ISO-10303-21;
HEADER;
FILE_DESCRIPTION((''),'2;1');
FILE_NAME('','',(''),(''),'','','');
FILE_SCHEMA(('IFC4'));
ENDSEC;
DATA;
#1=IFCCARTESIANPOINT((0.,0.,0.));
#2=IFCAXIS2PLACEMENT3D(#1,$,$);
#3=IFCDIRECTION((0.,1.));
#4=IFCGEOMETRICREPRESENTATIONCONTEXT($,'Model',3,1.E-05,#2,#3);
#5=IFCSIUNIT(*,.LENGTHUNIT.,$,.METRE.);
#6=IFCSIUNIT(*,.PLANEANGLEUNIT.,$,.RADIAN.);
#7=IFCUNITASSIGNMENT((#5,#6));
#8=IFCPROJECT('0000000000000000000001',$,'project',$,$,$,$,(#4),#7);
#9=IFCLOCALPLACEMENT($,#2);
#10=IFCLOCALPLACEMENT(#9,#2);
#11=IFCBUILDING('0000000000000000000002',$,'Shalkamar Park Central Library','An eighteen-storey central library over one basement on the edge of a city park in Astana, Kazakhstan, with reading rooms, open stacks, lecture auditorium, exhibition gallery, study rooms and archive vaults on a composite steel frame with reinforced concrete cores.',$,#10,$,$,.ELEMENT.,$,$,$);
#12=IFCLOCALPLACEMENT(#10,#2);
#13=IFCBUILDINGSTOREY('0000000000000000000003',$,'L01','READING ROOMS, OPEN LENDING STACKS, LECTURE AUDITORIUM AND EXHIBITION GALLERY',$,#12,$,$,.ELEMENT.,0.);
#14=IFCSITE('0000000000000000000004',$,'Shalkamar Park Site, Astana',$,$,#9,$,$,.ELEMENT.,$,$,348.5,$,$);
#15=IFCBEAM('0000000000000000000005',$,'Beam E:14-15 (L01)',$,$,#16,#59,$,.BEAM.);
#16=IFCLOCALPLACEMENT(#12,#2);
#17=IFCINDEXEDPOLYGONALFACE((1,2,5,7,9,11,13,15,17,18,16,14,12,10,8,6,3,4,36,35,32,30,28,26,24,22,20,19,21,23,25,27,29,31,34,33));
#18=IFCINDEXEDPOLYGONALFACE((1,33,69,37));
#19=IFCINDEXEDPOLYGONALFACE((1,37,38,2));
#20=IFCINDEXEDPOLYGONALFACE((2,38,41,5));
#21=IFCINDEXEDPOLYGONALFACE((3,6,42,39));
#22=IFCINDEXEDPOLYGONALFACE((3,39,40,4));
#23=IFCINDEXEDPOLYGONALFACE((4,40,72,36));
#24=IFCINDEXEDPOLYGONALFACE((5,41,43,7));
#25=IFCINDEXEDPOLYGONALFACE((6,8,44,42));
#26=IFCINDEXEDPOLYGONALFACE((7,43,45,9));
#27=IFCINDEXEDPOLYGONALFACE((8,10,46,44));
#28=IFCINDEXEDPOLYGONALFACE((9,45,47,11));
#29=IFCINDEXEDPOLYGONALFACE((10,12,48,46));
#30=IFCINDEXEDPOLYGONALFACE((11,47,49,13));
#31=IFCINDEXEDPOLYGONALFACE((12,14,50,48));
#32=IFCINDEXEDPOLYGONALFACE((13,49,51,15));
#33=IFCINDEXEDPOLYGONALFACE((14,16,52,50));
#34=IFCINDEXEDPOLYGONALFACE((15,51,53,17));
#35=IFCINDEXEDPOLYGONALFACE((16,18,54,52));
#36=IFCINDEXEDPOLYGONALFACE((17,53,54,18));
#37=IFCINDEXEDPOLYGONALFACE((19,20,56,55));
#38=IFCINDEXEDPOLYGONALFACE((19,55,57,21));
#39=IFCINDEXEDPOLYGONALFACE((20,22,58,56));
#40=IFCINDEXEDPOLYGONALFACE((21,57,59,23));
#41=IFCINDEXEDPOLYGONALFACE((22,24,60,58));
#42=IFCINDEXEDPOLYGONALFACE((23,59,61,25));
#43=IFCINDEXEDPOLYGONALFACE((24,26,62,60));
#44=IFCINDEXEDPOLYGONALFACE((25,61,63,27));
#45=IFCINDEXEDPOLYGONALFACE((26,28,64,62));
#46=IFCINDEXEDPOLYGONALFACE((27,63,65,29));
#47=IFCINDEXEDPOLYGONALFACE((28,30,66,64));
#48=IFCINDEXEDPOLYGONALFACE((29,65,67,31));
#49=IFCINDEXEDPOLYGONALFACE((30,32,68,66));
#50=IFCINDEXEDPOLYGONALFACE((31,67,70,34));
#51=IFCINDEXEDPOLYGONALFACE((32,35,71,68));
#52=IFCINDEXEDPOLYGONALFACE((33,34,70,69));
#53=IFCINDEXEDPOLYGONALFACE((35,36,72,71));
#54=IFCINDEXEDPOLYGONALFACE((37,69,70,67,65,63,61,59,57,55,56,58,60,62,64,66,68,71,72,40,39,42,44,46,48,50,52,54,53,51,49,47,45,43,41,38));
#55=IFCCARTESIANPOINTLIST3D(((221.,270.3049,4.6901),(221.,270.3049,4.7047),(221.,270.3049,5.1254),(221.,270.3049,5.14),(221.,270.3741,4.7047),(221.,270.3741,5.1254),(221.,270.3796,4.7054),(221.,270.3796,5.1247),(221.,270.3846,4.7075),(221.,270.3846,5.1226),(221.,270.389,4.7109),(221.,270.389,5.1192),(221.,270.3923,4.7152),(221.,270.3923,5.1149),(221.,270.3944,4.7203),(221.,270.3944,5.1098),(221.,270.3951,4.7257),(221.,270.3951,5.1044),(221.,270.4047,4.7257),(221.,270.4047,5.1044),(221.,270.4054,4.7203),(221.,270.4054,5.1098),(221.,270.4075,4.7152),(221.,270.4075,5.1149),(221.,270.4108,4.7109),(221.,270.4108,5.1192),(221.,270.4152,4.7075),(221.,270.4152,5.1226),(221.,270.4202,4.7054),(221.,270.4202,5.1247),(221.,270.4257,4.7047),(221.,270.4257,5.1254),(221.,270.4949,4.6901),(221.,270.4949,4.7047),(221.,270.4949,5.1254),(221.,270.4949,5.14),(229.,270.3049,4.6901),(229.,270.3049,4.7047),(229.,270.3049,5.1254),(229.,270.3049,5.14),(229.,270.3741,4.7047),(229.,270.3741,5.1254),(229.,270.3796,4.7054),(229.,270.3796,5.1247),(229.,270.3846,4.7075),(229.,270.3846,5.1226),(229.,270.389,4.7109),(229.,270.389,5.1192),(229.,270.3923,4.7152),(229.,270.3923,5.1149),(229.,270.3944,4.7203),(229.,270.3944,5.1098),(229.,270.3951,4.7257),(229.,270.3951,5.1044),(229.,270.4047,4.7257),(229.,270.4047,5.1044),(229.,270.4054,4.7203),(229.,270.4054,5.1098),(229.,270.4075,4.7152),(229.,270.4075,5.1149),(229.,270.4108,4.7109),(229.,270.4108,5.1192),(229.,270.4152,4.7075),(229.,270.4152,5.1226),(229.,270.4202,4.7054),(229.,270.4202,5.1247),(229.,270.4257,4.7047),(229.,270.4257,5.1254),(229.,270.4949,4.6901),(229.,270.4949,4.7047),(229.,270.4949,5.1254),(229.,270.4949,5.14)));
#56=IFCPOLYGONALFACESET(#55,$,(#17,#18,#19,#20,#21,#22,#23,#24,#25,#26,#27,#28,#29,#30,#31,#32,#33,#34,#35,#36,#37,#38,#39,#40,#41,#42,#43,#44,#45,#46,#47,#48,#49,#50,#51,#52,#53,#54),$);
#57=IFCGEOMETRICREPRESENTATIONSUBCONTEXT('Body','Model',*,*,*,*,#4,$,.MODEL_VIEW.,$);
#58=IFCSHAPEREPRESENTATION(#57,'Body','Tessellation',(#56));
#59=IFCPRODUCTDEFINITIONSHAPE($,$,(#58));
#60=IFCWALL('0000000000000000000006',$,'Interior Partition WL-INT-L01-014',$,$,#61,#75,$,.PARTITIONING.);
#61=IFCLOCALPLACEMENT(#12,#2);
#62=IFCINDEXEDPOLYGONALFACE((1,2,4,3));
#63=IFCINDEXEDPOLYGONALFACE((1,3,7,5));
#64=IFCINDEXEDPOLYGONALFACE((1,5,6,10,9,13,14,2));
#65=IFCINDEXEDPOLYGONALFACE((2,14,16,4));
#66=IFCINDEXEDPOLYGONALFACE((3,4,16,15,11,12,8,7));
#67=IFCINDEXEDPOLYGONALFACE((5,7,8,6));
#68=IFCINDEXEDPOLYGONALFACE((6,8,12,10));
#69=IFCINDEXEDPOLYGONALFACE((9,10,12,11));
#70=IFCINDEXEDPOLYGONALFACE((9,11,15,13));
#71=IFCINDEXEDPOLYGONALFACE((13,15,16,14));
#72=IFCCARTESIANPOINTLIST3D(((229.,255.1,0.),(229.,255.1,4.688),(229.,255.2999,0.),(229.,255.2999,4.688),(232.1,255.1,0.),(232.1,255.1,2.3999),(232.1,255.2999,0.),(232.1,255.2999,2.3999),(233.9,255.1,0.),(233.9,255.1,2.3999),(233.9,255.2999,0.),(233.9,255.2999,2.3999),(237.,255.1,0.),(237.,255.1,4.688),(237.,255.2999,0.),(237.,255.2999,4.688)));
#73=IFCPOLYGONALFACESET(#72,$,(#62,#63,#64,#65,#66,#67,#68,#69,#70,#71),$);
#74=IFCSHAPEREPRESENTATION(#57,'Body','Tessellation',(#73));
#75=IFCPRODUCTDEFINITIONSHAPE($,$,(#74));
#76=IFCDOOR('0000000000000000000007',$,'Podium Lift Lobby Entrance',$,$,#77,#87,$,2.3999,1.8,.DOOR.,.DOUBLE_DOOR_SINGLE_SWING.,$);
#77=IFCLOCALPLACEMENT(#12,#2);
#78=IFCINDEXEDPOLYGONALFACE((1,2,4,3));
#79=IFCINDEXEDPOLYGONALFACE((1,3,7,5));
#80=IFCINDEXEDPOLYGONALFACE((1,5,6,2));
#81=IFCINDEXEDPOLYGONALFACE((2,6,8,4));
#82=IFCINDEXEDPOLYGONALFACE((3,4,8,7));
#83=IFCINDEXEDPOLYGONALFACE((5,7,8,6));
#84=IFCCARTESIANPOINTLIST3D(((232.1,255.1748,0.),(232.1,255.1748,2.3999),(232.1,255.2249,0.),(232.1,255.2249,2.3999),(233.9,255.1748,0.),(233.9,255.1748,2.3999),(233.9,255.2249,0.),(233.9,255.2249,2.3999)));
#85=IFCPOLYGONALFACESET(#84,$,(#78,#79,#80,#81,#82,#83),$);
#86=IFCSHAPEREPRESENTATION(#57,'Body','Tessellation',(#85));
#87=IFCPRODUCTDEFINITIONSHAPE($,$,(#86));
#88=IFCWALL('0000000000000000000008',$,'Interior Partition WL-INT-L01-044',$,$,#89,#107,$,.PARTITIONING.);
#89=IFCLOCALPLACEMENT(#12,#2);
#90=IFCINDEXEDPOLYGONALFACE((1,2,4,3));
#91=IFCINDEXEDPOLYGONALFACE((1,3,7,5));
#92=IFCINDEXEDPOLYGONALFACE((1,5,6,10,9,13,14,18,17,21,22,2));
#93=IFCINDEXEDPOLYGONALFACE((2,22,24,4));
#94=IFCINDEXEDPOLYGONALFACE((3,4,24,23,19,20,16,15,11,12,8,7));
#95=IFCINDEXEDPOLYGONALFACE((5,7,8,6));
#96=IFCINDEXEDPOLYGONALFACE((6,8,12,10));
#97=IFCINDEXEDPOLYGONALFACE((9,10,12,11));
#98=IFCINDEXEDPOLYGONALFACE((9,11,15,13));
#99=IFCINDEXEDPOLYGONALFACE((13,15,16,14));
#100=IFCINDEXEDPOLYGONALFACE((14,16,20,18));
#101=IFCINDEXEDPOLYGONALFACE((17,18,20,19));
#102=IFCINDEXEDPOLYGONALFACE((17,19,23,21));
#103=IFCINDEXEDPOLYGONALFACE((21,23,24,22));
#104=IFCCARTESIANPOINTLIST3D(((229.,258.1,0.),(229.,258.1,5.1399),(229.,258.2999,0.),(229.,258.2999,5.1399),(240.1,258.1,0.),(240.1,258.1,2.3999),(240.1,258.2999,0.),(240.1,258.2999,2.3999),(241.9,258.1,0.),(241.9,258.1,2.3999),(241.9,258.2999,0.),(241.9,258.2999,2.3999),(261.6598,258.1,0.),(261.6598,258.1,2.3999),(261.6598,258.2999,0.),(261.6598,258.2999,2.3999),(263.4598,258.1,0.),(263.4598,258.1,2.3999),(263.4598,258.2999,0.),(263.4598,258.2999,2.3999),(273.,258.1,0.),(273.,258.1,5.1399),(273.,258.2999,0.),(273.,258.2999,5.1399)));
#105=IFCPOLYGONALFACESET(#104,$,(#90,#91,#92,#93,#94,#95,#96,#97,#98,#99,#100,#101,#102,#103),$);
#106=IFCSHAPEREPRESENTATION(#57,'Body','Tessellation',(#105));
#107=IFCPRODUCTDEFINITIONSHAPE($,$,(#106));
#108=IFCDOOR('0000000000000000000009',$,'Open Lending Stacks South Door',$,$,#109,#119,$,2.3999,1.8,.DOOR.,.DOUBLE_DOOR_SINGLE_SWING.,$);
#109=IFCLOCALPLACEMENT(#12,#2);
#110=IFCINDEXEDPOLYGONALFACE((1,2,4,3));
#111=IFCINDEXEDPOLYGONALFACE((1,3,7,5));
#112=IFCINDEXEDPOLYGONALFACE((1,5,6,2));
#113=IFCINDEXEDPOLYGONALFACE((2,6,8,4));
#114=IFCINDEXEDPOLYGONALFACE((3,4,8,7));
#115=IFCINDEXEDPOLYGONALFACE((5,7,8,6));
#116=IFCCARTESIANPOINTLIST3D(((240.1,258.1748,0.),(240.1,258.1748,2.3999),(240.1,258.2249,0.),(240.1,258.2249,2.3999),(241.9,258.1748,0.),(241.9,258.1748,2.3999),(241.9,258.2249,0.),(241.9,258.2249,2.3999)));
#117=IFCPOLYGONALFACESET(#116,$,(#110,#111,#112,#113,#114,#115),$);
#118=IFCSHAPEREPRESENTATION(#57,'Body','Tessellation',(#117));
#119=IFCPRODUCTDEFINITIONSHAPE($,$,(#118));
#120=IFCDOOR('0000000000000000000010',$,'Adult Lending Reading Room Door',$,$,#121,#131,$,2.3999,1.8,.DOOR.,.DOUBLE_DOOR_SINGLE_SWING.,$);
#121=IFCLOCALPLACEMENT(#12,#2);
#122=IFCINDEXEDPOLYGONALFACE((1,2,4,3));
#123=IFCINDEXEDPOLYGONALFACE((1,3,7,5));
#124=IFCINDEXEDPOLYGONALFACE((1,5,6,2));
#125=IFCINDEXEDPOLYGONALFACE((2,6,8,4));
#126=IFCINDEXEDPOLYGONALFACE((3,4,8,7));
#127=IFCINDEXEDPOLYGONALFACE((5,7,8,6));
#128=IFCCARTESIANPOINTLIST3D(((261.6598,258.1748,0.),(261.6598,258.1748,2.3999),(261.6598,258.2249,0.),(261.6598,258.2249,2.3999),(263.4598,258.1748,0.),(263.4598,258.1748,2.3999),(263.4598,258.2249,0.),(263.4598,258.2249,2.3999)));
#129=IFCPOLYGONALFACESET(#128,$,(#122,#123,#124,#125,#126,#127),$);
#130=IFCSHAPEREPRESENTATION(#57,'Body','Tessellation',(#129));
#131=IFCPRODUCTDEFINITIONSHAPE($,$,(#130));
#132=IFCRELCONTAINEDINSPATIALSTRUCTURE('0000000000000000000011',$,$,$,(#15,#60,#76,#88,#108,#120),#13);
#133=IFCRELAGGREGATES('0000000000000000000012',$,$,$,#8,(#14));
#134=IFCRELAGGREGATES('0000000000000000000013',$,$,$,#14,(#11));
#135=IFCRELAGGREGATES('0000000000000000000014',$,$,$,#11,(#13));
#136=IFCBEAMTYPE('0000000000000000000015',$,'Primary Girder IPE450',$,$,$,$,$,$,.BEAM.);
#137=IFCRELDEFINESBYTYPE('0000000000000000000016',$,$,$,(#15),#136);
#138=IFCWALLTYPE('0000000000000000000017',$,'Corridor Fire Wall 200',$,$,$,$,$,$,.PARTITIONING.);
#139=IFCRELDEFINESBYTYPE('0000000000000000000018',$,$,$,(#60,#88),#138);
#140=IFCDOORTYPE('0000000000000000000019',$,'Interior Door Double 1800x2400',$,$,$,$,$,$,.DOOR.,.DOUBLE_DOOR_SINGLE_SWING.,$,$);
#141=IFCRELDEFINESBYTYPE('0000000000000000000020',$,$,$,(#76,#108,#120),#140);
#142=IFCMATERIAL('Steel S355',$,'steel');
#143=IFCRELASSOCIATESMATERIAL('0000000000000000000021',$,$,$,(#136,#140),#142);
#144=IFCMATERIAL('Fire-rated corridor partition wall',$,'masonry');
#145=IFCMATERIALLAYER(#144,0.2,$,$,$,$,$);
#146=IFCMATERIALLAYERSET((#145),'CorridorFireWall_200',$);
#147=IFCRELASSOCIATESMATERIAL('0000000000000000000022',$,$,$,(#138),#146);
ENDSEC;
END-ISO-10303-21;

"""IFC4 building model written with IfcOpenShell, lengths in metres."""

from ifc_helpers import new_model, si_unit, direction, frame, frame_2d, origin, origin_2d, place, context, subcontext, project, spatial, rectangle, i_section, extrude, material, layer, layer_set, material_profile, profile_set, type_object, element, fill, save


model = new_model("IFC4")

# Units and contexts
model_context = context("Model", 3, precision=1e-05, world=origin(), true_north=direction((0.0, 1.0)))
body_context = subcontext(model_context, "Body", "Model", "MODEL_VIEW")
ifc_project = project(units=[si_unit("LENGTHUNIT", "METRE"), si_unit("PLANEANGLEUNIT", "RADIAN")], contexts=[model_context])

# Site, building, storey
site_placement = place(None, origin())
site = spatial("IfcSite", under=ifc_project, at=site_placement, Name="Shalkamar Park Site, Astana", CompositionType="ELEMENT", RefElevation=348.5)
building_placement = place(site_placement, origin())
building = spatial("IfcBuilding", under=site, at=building_placement, Name="Shalkamar Park Central Library", Description="An eighteen-storey central library over one basement on the edge of a city park in Astana, Kazakhstan, with reading rooms, open stacks, lecture auditorium, exhibition gallery, study rooms and archive vaults on a composite steel frame with reinforced concrete cores.", CompositionType="ELEMENT")
storey_placement = place(building_placement, origin())
storey = spatial("IfcBuildingStorey", under=building, at=storey_placement, Name="L01", Description="READING ROOMS, OPEN LENDING STACKS, LECTURE AUDITORIUM AND EXHIBITION GALLERY", CompositionType="ELEMENT", Elevation=0.0)

# Shared definitions
ifc_material_1 = material(Name="Steel S355", Category="steel")

# Beam
ifc_material_profile_1 = material_profile(ifc_material_1, i_section(OverallWidth=0.1899, OverallDepth=0.45, WebThickness=0.0095, FlangeThickness=0.0146, FilletRadius=0.021, at=origin_2d()), Name="IPE 450")
ifc_profile_set_1 = profile_set([ifc_material_profile_1], Name="Steel S355")
beam_type_1 = type_object("IfcBeamType", Name="Primary Girder IPE450", PredefinedType="BEAM", material=ifc_profile_set_1)
for number, where, z_axis, x_axis, name in (
    (1, (221.0, 270.3999, 4.915), (1.0, 0.0, 0.0), (0.0, 1.0, 0.0), "Beam E:14-15 (L01)"),
):
    element("IfcBeam", number, at=place(storey_placement, frame(where, z_axis=z_axis, x_axis=x_axis)), inside=storey, type_object=beam_type_1, Name=name, PredefinedType="BEAM", context=body_context, shape_type="SweptSolid", body=[
        extrude(i_section(OverallWidth=0.1899, OverallDepth=0.45, WebThickness=0.0095, FlangeThickness=0.0146, FilletRadius=0.021, at=origin_2d()), origin(), (0.0, 0.0, 1.0), 8.0),
    ])

# Wall, opening, door
ifc_material_2 = material(Name="Fire-rated corridor partition wall", Category="masonry")
ifc_layer = layer(ifc_material_2, 0.2)
ifc_layer_set = layer_set([ifc_layer], Name="CorridorFireWall_200")
wall_type = type_object("IfcWallType", Name="Corridor Fire Wall 200", PredefinedType="PARTITIONING", material=ifc_layer_set)
wall_1_placement = place(storey_placement, frame((229.0, 255.2, 0.0), z_axis=(0.0, 0.0, 1.0), x_axis=(1.0, 0.0, 0.0)))
wall_1 = element("IfcWall", 2, at=wall_1_placement, inside=storey, type_object=wall_type, Name="Interior Partition WL-INT-L01-014", PredefinedType="PARTITIONING", context=body_context, shape_type="SweptSolid", body=[
    extrude(rectangle(XDim=8.0, YDim=0.2, at=frame_2d((4.0, 0.0))), origin(), (0.0, 0.0, 1.0), 4.688),
])
opening_1_placement = place(wall_1_placement, frame((3.1001, 0.0, 0.0)))
opening_1 = element("IfcOpeningElement", 3, at=opening_1_placement, cuts=wall_1, PredefinedType="OPENING", context=body_context, shape_type="SweptSolid", body=[
    extrude(rectangle(XDim=1.8, YDim=2.3999, at=frame_2d((0.8999, 1.2))), frame((0.0, 0.1147, 0.0), z_axis=(0.0, -1.0, 0.0), x_axis=(1.0, 0.0, 0.0)), (0.0, 0.0, 1.0), 0.2297),
])
door_type_1 = type_object("IfcDoorType", Name="Interior Door Double 1800x2400", OperationType="DOUBLE_DOOR_SINGLE_SWING", PredefinedType="DOOR", material=ifc_material_1)
door_1_placement = place(opening_1_placement, origin())
door_1 = element("IfcDoor", 4, at=door_1_placement, inside=storey, type_object=door_type_1, Name="Podium Lift Lobby Entrance", OperationType="DOUBLE_DOOR_SINGLE_SWING", OverallHeight=2.3999, OverallWidth=1.8, PredefinedType="DOOR", context=body_context, shape_type="SweptSolid", body=[
    extrude(rectangle(XDim=1.8, YDim=2.3999, at=frame_2d((0.8999, 1.2))), frame((0.0, 0.0249, 0.0), z_axis=(0.0, -1.0, 0.0), x_axis=(1.0, 0.0, 0.0)), (0.0, 0.0, 1.0), 0.05),
])
fill(opening_1, door_1)

# Wall, openings, doors
wall_2_placement = place(storey_placement, frame((229.0, 258.2, 0.0), z_axis=(0.0, 0.0, 1.0), x_axis=(1.0, 0.0, 0.0)))
wall_2 = element("IfcWall", 5, at=wall_2_placement, inside=storey, type_object=wall_type, Name="Interior Partition WL-INT-L01-044", PredefinedType="PARTITIONING", context=body_context, shape_type="SweptSolid", body=[
    extrude(rectangle(XDim=44.0, YDim=0.2, at=frame_2d((22.0, 0.0))), origin(), (0.0, 0.0, 1.0), 5.1399),
])
opening_2_placement = place(wall_2_placement, frame((11.1001, 0.0, 0.0)))
opening_2 = element("IfcOpeningElement", 6, at=opening_2_placement, cuts=wall_2, PredefinedType="OPENING", context=body_context, shape_type="SweptSolid", body=[
    extrude(rectangle(XDim=1.8, YDim=2.3999, at=frame_2d((0.8999, 1.2))), frame((0.0, 0.1147, 0.0), z_axis=(0.0, -1.0, 0.0), x_axis=(1.0, 0.0, 0.0)), (0.0, 0.0, 1.0), 0.2297),
])
opening_3_placement = place(wall_2_placement, frame((32.6599, 0.0, 0.0)))
opening_3 = element("IfcOpeningElement", 7, at=opening_3_placement, cuts=wall_2, PredefinedType="OPENING", context=body_context, shape_type="SweptSolid", body=[
    extrude(rectangle(XDim=1.8, YDim=2.3999, at=frame_2d((0.8999, 1.2))), frame((0.0, 0.1147, 0.0), z_axis=(0.0, -1.0, 0.0), x_axis=(1.0, 0.0, 0.0)), (0.0, 0.0, 1.0), 0.2297),
])
door_2_placement = place(opening_2_placement, origin())
door_2 = element("IfcDoor", 8, at=door_2_placement, inside=storey, type_object=door_type_1, Name="Open Lending Stacks South Door", OperationType="DOUBLE_DOOR_SINGLE_SWING", OverallHeight=2.3999, OverallWidth=1.8, PredefinedType="DOOR", context=body_context, shape_type="SweptSolid", body=[
    extrude(rectangle(XDim=1.8, YDim=2.3999, at=frame_2d((0.8999, 1.2))), frame((0.0, 0.0249, 0.0), z_axis=(0.0, -1.0, 0.0), x_axis=(1.0, 0.0, 0.0)), (0.0, 0.0, 1.0), 0.05),
])
fill(opening_2, door_2)
door_3_placement = place(opening_3_placement, origin())
door_3 = element("IfcDoor", 9, at=door_3_placement, inside=storey, type_object=door_type_1, Name="Adult Lending Reading Room Door", OperationType="DOUBLE_DOOR_SINGLE_SWING", OverallHeight=2.3999, OverallWidth=1.8, PredefinedType="DOOR", context=body_context, shape_type="SweptSolid", body=[
    extrude(rectangle(XDim=1.8, YDim=2.3999, at=frame_2d((0.8999, 1.2))), frame((0.0, 0.0249, 0.0), z_axis=(0.0, -1.0, 0.0), x_axis=(1.0, 0.0, 0.0)), (0.0, 0.0, 1.0), 0.05),
])
fill(opening_3, door_3)

save(model, "model.ifc")
